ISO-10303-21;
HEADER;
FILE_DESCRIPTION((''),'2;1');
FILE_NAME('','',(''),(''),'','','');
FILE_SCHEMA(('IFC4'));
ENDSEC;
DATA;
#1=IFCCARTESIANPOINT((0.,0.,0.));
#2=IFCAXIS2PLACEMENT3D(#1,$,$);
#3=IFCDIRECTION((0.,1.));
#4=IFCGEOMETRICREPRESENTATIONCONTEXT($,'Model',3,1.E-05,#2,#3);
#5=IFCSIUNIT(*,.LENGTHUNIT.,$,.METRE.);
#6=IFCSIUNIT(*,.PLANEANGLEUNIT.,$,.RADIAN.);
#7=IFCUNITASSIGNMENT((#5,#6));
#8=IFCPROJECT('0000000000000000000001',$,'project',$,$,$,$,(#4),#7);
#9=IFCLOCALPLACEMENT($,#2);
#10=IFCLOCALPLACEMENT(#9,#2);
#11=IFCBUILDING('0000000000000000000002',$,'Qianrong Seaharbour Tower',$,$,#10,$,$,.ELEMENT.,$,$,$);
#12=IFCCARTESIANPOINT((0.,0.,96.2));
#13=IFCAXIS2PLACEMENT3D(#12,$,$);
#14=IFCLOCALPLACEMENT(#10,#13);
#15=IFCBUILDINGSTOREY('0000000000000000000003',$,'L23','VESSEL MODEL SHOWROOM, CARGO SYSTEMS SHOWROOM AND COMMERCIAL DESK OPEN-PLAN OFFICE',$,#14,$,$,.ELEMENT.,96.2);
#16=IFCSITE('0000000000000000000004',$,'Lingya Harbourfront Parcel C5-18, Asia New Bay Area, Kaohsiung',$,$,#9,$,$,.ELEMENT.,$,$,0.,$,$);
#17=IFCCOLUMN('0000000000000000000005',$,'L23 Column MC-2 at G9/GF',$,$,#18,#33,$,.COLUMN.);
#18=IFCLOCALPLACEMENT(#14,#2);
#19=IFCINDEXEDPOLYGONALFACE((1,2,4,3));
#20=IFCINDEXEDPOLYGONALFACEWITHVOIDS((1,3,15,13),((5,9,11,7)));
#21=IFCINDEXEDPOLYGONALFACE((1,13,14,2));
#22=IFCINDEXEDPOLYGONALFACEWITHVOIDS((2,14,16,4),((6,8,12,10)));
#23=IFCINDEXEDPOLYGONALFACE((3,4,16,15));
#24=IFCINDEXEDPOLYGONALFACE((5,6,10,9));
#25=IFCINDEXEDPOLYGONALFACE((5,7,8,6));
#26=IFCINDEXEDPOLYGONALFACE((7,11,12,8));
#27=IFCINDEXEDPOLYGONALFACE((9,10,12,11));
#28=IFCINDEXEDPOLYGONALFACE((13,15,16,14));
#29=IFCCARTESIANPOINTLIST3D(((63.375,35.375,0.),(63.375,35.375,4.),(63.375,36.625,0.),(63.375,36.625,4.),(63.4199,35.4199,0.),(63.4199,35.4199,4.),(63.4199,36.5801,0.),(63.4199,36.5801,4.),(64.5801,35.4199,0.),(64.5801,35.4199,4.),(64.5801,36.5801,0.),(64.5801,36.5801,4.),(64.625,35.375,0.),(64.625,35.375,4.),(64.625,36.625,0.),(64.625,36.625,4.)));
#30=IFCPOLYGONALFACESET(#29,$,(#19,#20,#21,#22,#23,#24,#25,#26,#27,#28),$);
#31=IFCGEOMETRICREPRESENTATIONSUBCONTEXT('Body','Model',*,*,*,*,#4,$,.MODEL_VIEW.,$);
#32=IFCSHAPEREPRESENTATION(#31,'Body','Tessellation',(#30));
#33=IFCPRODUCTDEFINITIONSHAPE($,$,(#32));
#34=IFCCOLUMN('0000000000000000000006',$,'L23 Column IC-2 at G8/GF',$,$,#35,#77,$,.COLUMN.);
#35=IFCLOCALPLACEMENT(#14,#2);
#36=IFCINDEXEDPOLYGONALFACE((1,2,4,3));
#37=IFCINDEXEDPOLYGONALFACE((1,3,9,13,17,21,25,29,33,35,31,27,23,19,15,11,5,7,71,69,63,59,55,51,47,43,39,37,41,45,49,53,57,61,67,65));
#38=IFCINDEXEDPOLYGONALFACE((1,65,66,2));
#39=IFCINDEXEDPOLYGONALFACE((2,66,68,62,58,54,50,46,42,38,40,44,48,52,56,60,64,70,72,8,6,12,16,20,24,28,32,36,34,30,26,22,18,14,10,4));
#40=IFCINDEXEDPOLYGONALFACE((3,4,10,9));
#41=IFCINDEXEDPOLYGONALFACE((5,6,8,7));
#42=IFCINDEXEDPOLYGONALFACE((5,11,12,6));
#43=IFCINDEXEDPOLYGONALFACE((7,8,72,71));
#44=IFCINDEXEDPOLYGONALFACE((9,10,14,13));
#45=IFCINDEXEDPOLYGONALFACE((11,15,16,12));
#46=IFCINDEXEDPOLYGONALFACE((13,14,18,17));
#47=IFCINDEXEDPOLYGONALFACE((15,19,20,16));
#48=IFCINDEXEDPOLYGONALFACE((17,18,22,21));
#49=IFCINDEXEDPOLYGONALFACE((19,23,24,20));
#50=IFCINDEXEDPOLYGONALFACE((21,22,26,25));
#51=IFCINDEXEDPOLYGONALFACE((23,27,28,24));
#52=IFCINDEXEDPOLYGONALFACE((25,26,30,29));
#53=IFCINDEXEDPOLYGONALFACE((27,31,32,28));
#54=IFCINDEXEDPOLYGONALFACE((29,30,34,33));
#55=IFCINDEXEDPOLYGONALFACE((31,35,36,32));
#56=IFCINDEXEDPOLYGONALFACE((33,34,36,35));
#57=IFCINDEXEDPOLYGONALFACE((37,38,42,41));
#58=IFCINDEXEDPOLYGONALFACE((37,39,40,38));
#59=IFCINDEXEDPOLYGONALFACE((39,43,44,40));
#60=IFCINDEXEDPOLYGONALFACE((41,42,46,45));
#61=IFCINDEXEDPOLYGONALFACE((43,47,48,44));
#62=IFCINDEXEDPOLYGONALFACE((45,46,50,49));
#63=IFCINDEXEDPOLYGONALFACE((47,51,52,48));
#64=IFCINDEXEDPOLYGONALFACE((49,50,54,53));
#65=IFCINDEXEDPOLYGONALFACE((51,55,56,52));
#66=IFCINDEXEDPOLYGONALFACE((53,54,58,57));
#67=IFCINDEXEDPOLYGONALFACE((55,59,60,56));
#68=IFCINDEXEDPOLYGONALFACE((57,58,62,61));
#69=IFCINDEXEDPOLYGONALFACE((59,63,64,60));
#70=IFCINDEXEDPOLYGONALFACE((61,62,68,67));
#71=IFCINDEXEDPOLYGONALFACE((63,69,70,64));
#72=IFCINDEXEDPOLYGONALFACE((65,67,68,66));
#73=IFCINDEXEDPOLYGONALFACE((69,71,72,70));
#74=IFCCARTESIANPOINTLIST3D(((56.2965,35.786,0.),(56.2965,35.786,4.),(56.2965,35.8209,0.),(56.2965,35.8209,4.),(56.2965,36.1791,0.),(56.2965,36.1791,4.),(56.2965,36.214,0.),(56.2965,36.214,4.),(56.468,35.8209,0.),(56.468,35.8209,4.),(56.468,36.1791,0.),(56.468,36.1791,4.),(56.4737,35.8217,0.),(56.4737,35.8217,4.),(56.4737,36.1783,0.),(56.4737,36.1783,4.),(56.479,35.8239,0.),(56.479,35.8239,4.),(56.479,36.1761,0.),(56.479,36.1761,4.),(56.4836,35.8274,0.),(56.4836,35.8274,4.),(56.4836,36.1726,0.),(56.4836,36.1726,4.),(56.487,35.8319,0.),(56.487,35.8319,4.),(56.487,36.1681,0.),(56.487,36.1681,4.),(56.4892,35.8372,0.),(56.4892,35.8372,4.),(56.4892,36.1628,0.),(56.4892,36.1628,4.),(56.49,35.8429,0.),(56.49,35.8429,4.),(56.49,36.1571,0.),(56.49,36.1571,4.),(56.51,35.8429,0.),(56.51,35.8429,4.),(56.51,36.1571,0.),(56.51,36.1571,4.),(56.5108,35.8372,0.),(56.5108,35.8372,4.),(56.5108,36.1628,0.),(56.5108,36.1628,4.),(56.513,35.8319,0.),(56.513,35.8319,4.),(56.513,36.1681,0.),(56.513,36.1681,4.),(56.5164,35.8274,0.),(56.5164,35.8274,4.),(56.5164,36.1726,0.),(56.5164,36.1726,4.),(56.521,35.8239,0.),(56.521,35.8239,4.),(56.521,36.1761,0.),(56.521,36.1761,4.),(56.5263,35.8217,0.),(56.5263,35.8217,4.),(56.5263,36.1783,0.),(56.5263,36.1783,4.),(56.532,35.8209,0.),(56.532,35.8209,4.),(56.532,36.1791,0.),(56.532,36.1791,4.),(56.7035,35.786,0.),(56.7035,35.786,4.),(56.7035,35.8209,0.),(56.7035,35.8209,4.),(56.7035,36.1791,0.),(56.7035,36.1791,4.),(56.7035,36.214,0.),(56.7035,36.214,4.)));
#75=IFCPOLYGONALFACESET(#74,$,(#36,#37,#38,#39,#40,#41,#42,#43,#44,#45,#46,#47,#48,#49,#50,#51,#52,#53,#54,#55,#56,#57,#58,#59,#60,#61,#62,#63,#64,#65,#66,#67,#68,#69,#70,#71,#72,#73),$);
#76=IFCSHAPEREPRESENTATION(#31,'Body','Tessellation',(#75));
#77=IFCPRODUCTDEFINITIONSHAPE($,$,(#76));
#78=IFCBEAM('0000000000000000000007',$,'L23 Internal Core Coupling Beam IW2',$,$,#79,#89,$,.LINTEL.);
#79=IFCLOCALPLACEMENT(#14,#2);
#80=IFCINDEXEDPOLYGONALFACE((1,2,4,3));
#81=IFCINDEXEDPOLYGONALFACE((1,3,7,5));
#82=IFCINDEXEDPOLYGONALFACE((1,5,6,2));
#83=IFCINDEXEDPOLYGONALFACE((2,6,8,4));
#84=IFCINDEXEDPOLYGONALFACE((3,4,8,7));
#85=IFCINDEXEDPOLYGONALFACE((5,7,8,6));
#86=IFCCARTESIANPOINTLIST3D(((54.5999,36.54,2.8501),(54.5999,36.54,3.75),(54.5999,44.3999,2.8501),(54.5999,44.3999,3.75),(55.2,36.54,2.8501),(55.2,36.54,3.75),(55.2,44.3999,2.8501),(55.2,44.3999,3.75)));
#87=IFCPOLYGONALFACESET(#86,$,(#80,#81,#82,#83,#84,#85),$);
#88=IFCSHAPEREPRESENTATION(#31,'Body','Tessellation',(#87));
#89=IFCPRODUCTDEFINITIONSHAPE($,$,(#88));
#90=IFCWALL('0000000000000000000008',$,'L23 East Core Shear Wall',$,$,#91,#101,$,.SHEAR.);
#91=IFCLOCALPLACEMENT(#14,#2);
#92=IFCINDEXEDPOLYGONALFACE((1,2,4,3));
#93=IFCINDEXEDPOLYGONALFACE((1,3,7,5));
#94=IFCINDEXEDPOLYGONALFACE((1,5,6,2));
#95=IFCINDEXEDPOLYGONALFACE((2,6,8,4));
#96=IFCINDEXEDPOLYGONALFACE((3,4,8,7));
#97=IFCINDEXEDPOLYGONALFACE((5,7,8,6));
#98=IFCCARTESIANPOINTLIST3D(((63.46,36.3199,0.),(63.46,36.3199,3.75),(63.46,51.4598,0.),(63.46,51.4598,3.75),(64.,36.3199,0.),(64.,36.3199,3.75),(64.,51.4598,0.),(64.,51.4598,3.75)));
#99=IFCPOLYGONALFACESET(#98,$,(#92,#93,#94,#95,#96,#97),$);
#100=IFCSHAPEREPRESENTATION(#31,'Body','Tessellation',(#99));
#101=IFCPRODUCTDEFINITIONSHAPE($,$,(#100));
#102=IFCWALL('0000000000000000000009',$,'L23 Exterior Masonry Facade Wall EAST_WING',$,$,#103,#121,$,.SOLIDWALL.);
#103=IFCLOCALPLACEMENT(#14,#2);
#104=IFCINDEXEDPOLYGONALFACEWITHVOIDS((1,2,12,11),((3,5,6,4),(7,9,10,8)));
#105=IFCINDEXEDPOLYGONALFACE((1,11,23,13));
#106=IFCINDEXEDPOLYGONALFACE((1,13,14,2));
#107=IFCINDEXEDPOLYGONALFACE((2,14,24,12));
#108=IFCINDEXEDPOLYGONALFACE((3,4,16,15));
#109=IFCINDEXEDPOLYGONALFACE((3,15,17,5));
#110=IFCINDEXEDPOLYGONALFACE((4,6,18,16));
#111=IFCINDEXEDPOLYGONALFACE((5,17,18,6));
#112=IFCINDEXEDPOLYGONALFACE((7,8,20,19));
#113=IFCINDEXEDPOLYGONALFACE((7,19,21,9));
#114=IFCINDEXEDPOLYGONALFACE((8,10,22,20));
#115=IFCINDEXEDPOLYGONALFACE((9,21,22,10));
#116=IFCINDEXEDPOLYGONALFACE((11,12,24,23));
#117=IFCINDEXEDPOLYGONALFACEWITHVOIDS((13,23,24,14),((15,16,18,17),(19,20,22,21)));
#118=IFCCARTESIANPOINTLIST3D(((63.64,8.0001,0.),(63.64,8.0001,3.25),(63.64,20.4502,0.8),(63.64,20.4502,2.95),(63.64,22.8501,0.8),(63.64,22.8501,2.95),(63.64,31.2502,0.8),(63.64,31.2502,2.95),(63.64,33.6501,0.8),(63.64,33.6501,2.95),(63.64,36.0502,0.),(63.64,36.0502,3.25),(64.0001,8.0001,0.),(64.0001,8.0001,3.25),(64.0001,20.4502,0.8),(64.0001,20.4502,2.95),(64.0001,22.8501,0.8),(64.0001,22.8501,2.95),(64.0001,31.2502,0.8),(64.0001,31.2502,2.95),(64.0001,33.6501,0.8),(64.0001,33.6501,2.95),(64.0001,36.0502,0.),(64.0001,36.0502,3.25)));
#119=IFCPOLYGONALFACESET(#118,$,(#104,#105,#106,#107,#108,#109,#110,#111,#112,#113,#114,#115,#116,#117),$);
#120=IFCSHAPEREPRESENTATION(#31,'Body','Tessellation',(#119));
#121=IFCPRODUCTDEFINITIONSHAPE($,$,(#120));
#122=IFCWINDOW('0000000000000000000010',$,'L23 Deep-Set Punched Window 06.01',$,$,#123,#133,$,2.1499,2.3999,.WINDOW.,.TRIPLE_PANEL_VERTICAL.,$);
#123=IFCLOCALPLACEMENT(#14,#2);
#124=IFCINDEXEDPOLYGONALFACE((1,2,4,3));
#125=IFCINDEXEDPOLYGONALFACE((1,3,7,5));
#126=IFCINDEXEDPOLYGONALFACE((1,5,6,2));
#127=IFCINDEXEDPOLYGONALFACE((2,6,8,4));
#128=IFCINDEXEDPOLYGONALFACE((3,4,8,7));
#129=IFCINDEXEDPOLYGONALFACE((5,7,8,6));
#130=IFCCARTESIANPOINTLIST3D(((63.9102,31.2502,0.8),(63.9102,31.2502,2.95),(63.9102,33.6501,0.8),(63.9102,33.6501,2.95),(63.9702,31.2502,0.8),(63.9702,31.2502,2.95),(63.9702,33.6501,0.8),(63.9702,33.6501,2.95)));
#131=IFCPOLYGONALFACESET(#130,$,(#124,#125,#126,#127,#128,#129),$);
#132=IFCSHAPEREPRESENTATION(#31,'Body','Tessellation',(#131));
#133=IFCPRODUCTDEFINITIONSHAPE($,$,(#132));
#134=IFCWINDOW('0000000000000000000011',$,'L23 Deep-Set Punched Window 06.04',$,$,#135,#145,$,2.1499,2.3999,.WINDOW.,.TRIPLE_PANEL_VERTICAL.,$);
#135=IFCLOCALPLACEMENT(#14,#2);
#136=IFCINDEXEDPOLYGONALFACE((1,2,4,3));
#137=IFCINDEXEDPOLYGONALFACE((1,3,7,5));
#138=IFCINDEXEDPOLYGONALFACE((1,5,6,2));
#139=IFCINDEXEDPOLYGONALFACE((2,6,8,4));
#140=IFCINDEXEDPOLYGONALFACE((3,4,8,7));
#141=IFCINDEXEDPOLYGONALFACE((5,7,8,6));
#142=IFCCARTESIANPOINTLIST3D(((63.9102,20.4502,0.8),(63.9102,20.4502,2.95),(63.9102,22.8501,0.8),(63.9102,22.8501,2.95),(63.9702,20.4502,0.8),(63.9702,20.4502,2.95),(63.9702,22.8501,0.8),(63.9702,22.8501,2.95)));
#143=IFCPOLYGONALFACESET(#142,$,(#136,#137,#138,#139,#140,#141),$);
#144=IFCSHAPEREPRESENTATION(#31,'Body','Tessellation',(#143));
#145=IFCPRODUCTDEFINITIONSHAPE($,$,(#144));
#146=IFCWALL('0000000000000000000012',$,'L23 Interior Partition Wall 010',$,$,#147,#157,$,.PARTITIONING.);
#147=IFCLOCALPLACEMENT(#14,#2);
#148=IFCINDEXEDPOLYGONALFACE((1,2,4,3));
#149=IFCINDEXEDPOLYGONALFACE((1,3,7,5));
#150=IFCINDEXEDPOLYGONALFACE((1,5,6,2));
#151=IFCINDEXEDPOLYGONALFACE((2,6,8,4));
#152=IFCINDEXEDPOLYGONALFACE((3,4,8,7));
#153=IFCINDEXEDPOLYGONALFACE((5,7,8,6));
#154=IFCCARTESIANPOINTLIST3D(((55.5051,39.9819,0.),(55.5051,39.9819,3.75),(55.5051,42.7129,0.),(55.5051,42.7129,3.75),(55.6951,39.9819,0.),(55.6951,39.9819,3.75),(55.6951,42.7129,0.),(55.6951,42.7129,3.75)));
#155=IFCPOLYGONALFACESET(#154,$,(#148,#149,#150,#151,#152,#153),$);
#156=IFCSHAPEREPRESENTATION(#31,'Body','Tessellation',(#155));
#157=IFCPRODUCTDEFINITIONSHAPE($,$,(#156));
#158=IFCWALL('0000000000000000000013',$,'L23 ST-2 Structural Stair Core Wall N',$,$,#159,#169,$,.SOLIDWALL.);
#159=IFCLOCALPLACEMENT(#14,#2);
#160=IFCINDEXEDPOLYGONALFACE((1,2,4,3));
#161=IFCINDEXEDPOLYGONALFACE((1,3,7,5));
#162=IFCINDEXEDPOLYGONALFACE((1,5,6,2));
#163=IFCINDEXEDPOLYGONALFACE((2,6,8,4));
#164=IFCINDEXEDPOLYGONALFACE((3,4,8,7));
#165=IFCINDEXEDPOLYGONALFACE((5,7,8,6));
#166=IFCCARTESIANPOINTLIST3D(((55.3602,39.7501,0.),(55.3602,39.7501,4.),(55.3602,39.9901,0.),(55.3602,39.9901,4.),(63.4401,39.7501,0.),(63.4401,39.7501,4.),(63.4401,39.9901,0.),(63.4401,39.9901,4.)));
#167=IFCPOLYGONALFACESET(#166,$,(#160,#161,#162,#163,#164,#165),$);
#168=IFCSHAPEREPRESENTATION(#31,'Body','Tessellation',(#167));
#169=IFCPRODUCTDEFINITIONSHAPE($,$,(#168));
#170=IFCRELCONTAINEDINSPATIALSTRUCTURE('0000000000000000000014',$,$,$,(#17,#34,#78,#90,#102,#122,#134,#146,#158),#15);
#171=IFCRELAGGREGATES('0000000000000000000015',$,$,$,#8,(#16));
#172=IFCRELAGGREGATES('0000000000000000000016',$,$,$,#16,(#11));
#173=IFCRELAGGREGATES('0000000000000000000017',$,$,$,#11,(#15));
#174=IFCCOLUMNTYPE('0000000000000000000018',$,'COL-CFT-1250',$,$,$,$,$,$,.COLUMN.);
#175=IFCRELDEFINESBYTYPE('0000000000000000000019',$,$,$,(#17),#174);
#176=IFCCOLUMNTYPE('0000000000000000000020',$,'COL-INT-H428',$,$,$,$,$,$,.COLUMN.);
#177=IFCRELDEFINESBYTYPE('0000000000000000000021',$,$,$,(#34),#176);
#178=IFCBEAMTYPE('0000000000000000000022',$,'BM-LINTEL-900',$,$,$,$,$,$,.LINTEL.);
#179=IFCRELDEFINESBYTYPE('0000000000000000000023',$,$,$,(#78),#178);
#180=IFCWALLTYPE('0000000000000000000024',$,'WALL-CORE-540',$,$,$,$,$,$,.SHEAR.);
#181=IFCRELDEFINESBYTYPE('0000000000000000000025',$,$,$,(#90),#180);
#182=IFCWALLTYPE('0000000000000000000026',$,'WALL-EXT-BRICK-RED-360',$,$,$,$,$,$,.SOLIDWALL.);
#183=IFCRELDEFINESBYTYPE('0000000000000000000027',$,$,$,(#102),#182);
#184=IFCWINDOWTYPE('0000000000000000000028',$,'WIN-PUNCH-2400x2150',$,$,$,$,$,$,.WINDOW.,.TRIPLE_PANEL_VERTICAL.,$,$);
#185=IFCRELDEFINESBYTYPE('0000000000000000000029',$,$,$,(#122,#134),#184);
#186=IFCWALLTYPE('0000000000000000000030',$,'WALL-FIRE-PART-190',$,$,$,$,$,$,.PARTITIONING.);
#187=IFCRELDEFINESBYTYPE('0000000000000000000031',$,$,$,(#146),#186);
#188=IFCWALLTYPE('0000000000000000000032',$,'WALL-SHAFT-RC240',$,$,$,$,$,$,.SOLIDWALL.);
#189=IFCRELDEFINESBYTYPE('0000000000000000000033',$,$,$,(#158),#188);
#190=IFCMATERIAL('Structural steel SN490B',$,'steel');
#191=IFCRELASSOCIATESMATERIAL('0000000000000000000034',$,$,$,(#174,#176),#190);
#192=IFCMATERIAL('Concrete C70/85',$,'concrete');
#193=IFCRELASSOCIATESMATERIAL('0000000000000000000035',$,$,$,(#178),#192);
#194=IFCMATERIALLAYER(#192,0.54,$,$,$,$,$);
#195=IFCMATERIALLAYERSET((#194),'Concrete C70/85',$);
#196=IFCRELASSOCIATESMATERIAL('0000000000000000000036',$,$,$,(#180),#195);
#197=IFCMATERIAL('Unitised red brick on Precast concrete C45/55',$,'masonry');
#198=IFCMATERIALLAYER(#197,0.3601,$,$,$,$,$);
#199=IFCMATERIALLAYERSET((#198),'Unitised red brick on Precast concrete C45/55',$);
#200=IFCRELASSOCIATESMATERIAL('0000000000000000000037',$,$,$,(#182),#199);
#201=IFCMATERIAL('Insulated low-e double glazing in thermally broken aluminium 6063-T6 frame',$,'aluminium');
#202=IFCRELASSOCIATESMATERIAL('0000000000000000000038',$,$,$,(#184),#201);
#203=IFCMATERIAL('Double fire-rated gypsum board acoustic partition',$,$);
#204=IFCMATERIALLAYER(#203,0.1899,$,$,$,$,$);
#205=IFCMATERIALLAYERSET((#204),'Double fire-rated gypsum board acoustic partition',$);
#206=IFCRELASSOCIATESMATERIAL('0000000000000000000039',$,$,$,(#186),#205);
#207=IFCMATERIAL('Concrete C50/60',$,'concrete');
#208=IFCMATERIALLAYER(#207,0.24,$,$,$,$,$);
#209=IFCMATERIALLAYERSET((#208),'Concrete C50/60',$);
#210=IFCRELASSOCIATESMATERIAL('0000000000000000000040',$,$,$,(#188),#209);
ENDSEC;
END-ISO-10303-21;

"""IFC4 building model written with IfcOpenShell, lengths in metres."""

from ifc_helpers import new_model, si_unit, direction, frame, frame_2d, origin, origin_2d, place, context, subcontext, project, spatial, rectangle, hollow_rectangle, i_section, extrude, material, layer, layer_set, material_profile, profile_set, type_object, element, fill, save


model = new_model("IFC4")

# Units and contexts
model_context = context("Model", 3, precision=1e-05, world=origin(), true_north=direction((0.0, 1.0)))
body_context = subcontext(model_context, "Body", "Model", "MODEL_VIEW")
ifc_project = project(units=[si_unit("LENGTHUNIT", "METRE"), si_unit("PLANEANGLEUNIT", "RADIAN")], contexts=[model_context])

# Site, building, storey
site_placement = place(None, origin())
site = spatial("IfcSite", under=ifc_project, at=site_placement, Name="Lingya Harbourfront Parcel C5-18, Asia New Bay Area, Kaohsiung", CompositionType="ELEMENT", RefElevation=0.0)
building_placement = place(site_placement, origin())
building = spatial("IfcBuilding", under=site, at=building_placement, Name="Qianrong Seaharbour Tower", CompositionType="ELEMENT")
storey_placement = place(building_placement, frame((0.0, 0.0, 96.2)))
storey = spatial("IfcBuildingStorey", under=building, at=storey_placement, Name="L23", Description="VESSEL MODEL SHOWROOM, CARGO SYSTEMS SHOWROOM AND COMMERCIAL DESK OPEN-PLAN OFFICE", CompositionType="ELEMENT", Elevation=96.2)

# Columns
ifc_material_1 = material(Name="Structural steel SN490B", Category="steel")
ifc_material_profile_1 = material_profile(ifc_material_1, hollow_rectangle(XDim=1.25, YDim=1.25, WallThickness=0.0449, at=origin_2d()), Name="BOX1250x1250x45")
ifc_profile_set_1 = profile_set([ifc_material_profile_1], Name="Structural steel SN490B")
column_type_1 = type_object("IfcColumnType", Name="COL-CFT-1250", PredefinedType="COLUMN", material=ifc_profile_set_1)
column_1_placement = place(storey_placement, frame((64.0, 36.0, 0.0), z_axis=(0.0, 0.0, 1.0), x_axis=(1.0, 0.0, 0.0)))
element("IfcColumn", 1, at=column_1_placement, inside=storey, type_object=column_type_1, Name="L23 Column MC-2 at G9/GF", PredefinedType="COLUMN", context=body_context, shape_type="SweptSolid", body=[
    extrude(hollow_rectangle(XDim=1.25, YDim=1.25, WallThickness=0.0449, at=origin_2d()), origin(), (0.0, 0.0, 1.0), 4.0),
])
ifc_material_profile_2 = material_profile(ifc_material_1, i_section(OverallWidth=0.407, OverallDepth=0.428, WebThickness=0.02, FlangeThickness=0.0349, FilletRadius=0.022, at=origin_2d()), Name="H428x407x20x35")
ifc_profile_set_2 = profile_set([ifc_material_profile_2], Name="Structural steel SN490B")
column_type_2 = type_object("IfcColumnType", Name="COL-INT-H428", PredefinedType="COLUMN", material=ifc_profile_set_2)
column_2_placement = place(storey_placement, frame((56.5, 36.0, 0.0), z_axis=(0.0, 0.0, 1.0), x_axis=(1.0, 0.0, 0.0)))
element("IfcColumn", 2, at=column_2_placement, inside=storey, type_object=column_type_2, Name="L23 Column IC-2 at G8/GF", PredefinedType="COLUMN", context=body_context, shape_type="SweptSolid", body=[
    extrude(i_section(OverallWidth=0.407, OverallDepth=0.428, WebThickness=0.02, FlangeThickness=0.0349, FilletRadius=0.022, at=origin_2d()), origin(), (0.0, 0.0, 1.0), 4.0),
])

# Beam
ifc_material_2 = material(Name="Concrete C70/85", Category="concrete")
ifc_material_profile_3 = material_profile(ifc_material_2, rectangle(XDim=0.6001, YDim=0.8999, at=origin_2d()), Name="RC600x900")
ifc_profile_set_3 = profile_set([ifc_material_profile_3], Name="Concrete C70/85")
beam_type = type_object("IfcBeamType", Name="BM-LINTEL-900", PredefinedType="LINTEL", material=ifc_profile_set_3)
beam_placement = place(storey_placement, frame((54.8999, 36.54, 3.3), z_axis=(0.0, 1.0, 0.0), x_axis=(-1.0, 0.0, 0.0)))
element("IfcBeam", 3, at=beam_placement, inside=storey, type_object=beam_type, Name="L23 Internal Core Coupling Beam IW2", PredefinedType="LINTEL", context=body_context, shape_type="SweptSolid", body=[
    extrude(rectangle(XDim=0.6001, YDim=0.8999, at=origin_2d()), origin(), (0.0, 0.0, 1.0), 7.8599),
])

# Wall
ifc_layer_1 = layer(ifc_material_2, 0.54)
ifc_layer_set_1 = layer_set([ifc_layer_1], Name="Concrete C70/85")
wall_type_1 = type_object("IfcWallType", Name="WALL-CORE-540", PredefinedType="SHEAR", material=ifc_layer_set_1)
wall_1_placement = place(storey_placement, frame((63.73, 36.3201, 0.0), z_axis=(0.0, 0.0, 1.0), x_axis=(0.0, 1.0, 0.0)))
element("IfcWall", 4, at=wall_1_placement, inside=storey, type_object=wall_type_1, Name="L23 East Core Shear Wall", PredefinedType="SHEAR", context=body_context, shape_type="SweptSolid", body=[
    extrude(rectangle(XDim=15.1399, YDim=0.54, at=frame_2d((7.5698, 0.0))), origin(), (0.0, 0.0, 1.0), 3.75),
])

# Wall, openings, windows
ifc_material_3 = material(Name="Unitised red brick on Precast concrete C45/55", Category="masonry")
ifc_layer_2 = layer(ifc_material_3, 0.3601)
ifc_layer_set_2 = layer_set([ifc_layer_2], Name="Unitised red brick on Precast concrete C45/55")
wall_type_2 = type_object("IfcWallType", Name="WALL-EXT-BRICK-RED-360", PredefinedType="SOLIDWALL", material=ifc_layer_set_2)
wall_2_placement = place(storey_placement, frame((63.8201, 36.05, 0.0), z_axis=(0.0, 0.0, 1.0), x_axis=(0.0, -1.0, 0.0)))
wall_2 = element("IfcWall", 5, at=wall_2_placement, inside=storey, type_object=wall_type_2, Name="L23 Exterior Masonry Facade Wall EAST_WING", PredefinedType="SOLIDWALL", context=body_context, shape_type="SweptSolid", body=[
    extrude(rectangle(XDim=28.05, YDim=0.3601, at=frame_2d((14.0249, 0.0))), origin(), (0.0, 0.0, 1.0), 3.25),
])
opening_1_placement = place(wall_2_placement, frame((2.3999, 0.0, 0.8)))
opening_1 = element("IfcOpeningElement", 6, at=opening_1_placement, cuts=wall_2, PredefinedType="OPENING", context=body_context, shape_type="SweptSolid", body=[
    extrude(rectangle(XDim=2.3999, YDim=2.1499, at=frame_2d((1.2, 1.075))), frame((0.0, 0.1899, 0.0), z_axis=(0.0, -1.0, 0.0), x_axis=(1.0, 0.0, 0.0)), (0.0, 0.0, 1.0), 0.3801),
])
opening_2_placement = place(wall_2_placement, frame((13.2, 0.0, 0.8)))
opening_2 = element("IfcOpeningElement", 7, at=opening_2_placement, cuts=wall_2, PredefinedType="OPENING", context=body_context, shape_type="SweptSolid", body=[
    extrude(rectangle(XDim=2.3999, YDim=2.1499, at=frame_2d((1.2, 1.075))), frame((0.0, 0.1899, 0.0), z_axis=(0.0, -1.0, 0.0), x_axis=(1.0, 0.0, 0.0)), (0.0, 0.0, 1.0), 0.3801),
])
ifc_material_4 = material(Name="Insulated low-e double glazing in thermally broken aluminium 6063-T6 frame", Category="aluminium")
window_type = type_object("IfcWindowType", Name="WIN-PUNCH-2400x2150", PartitioningType="TRIPLE_PANEL_VERTICAL", PredefinedType="WINDOW", material=ifc_material_4)
window_1_placement = place(opening_1_placement, origin())
window_1 = element("IfcWindow", 8, at=window_1_placement, inside=storey, type_object=window_type, Name="L23 Deep-Set Punched Window 06.01", OverallHeight=2.1499, OverallWidth=2.3999, PartitioningType="TRIPLE_PANEL_VERTICAL", PredefinedType="WINDOW", context=body_context, shape_type="SweptSolid", body=[
    extrude(rectangle(XDim=2.3999, YDim=2.1499, at=frame_2d((1.2, 1.075))), frame((0.0, 0.1501, 0.0), z_axis=(0.0, -1.0, 0.0), x_axis=(1.0, 0.0, 0.0)), (0.0, 0.0, 1.0), 0.0601),
])
fill(opening_1, window_1)
window_2_placement = place(opening_2_placement, origin())
window_2 = element("IfcWindow", 9, at=window_2_placement, inside=storey, type_object=window_type, Name="L23 Deep-Set Punched Window 06.04", OverallHeight=2.1499, OverallWidth=2.3999, PartitioningType="TRIPLE_PANEL_VERTICAL", PredefinedType="WINDOW", context=body_context, shape_type="SweptSolid", body=[
    extrude(rectangle(XDim=2.3999, YDim=2.1499, at=frame_2d((1.2, 1.075))), frame((0.0, 0.1501, 0.0), z_axis=(0.0, -1.0, 0.0), x_axis=(1.0, 0.0, 0.0)), (0.0, 0.0, 1.0), 0.0601),
])
fill(opening_2, window_2)

# Walls
ifc_material_5 = material(Name="Double fire-rated gypsum board acoustic partition")
ifc_layer_3 = layer(ifc_material_5, 0.1899)
ifc_layer_set_3 = layer_set([ifc_layer_3], Name="Double fire-rated gypsum board acoustic partition")
wall_type_3 = type_object("IfcWallType", Name="WALL-FIRE-PART-190", PredefinedType="PARTITIONING", material=ifc_layer_set_3)
wall_3_placement = place(storey_placement, frame((55.6001, 42.7129, 0.0), z_axis=(0.0, 0.0, 1.0), x_axis=(0.0, -1.0, 0.0)))
element("IfcWall", 10, at=wall_3_placement, inside=storey, type_object=wall_type_3, Name="L23 Interior Partition Wall 010", PredefinedType="PARTITIONING", context=body_context, shape_type="SweptSolid", body=[
    extrude(rectangle(XDim=2.731, YDim=0.1899, at=frame_2d((1.3655, 0.0))), origin(), (0.0, 0.0, 1.0), 3.75),
])
ifc_material_6 = material(Name="Concrete C50/60", Category="concrete")
ifc_layer_4 = layer(ifc_material_6, 0.24)
ifc_layer_set_4 = layer_set([ifc_layer_4], Name="Concrete C50/60")
wall_type_4 = type_object("IfcWallType", Name="WALL-SHAFT-RC240", PredefinedType="SOLIDWALL", material=ifc_layer_set_4)
wall_4_placement = place(storey_placement, frame((55.3601, 39.8701, 0.0), z_axis=(0.0, 0.0, 1.0), x_axis=(1.0, 0.0, 0.0)))
element("IfcWall", 11, at=wall_4_placement, inside=storey, type_object=wall_type_4, Name="L23 ST-2 Structural Stair Core Wall N", PredefinedType="SOLIDWALL", context=body_context, shape_type="SweptSolid", body=[
    extrude(rectangle(XDim=8.0798, YDim=0.24, at=frame_2d((4.04, 0.0))), origin(), (0.0, 0.0, 1.0), 4.0),
])

save(model, "model.ifc")
